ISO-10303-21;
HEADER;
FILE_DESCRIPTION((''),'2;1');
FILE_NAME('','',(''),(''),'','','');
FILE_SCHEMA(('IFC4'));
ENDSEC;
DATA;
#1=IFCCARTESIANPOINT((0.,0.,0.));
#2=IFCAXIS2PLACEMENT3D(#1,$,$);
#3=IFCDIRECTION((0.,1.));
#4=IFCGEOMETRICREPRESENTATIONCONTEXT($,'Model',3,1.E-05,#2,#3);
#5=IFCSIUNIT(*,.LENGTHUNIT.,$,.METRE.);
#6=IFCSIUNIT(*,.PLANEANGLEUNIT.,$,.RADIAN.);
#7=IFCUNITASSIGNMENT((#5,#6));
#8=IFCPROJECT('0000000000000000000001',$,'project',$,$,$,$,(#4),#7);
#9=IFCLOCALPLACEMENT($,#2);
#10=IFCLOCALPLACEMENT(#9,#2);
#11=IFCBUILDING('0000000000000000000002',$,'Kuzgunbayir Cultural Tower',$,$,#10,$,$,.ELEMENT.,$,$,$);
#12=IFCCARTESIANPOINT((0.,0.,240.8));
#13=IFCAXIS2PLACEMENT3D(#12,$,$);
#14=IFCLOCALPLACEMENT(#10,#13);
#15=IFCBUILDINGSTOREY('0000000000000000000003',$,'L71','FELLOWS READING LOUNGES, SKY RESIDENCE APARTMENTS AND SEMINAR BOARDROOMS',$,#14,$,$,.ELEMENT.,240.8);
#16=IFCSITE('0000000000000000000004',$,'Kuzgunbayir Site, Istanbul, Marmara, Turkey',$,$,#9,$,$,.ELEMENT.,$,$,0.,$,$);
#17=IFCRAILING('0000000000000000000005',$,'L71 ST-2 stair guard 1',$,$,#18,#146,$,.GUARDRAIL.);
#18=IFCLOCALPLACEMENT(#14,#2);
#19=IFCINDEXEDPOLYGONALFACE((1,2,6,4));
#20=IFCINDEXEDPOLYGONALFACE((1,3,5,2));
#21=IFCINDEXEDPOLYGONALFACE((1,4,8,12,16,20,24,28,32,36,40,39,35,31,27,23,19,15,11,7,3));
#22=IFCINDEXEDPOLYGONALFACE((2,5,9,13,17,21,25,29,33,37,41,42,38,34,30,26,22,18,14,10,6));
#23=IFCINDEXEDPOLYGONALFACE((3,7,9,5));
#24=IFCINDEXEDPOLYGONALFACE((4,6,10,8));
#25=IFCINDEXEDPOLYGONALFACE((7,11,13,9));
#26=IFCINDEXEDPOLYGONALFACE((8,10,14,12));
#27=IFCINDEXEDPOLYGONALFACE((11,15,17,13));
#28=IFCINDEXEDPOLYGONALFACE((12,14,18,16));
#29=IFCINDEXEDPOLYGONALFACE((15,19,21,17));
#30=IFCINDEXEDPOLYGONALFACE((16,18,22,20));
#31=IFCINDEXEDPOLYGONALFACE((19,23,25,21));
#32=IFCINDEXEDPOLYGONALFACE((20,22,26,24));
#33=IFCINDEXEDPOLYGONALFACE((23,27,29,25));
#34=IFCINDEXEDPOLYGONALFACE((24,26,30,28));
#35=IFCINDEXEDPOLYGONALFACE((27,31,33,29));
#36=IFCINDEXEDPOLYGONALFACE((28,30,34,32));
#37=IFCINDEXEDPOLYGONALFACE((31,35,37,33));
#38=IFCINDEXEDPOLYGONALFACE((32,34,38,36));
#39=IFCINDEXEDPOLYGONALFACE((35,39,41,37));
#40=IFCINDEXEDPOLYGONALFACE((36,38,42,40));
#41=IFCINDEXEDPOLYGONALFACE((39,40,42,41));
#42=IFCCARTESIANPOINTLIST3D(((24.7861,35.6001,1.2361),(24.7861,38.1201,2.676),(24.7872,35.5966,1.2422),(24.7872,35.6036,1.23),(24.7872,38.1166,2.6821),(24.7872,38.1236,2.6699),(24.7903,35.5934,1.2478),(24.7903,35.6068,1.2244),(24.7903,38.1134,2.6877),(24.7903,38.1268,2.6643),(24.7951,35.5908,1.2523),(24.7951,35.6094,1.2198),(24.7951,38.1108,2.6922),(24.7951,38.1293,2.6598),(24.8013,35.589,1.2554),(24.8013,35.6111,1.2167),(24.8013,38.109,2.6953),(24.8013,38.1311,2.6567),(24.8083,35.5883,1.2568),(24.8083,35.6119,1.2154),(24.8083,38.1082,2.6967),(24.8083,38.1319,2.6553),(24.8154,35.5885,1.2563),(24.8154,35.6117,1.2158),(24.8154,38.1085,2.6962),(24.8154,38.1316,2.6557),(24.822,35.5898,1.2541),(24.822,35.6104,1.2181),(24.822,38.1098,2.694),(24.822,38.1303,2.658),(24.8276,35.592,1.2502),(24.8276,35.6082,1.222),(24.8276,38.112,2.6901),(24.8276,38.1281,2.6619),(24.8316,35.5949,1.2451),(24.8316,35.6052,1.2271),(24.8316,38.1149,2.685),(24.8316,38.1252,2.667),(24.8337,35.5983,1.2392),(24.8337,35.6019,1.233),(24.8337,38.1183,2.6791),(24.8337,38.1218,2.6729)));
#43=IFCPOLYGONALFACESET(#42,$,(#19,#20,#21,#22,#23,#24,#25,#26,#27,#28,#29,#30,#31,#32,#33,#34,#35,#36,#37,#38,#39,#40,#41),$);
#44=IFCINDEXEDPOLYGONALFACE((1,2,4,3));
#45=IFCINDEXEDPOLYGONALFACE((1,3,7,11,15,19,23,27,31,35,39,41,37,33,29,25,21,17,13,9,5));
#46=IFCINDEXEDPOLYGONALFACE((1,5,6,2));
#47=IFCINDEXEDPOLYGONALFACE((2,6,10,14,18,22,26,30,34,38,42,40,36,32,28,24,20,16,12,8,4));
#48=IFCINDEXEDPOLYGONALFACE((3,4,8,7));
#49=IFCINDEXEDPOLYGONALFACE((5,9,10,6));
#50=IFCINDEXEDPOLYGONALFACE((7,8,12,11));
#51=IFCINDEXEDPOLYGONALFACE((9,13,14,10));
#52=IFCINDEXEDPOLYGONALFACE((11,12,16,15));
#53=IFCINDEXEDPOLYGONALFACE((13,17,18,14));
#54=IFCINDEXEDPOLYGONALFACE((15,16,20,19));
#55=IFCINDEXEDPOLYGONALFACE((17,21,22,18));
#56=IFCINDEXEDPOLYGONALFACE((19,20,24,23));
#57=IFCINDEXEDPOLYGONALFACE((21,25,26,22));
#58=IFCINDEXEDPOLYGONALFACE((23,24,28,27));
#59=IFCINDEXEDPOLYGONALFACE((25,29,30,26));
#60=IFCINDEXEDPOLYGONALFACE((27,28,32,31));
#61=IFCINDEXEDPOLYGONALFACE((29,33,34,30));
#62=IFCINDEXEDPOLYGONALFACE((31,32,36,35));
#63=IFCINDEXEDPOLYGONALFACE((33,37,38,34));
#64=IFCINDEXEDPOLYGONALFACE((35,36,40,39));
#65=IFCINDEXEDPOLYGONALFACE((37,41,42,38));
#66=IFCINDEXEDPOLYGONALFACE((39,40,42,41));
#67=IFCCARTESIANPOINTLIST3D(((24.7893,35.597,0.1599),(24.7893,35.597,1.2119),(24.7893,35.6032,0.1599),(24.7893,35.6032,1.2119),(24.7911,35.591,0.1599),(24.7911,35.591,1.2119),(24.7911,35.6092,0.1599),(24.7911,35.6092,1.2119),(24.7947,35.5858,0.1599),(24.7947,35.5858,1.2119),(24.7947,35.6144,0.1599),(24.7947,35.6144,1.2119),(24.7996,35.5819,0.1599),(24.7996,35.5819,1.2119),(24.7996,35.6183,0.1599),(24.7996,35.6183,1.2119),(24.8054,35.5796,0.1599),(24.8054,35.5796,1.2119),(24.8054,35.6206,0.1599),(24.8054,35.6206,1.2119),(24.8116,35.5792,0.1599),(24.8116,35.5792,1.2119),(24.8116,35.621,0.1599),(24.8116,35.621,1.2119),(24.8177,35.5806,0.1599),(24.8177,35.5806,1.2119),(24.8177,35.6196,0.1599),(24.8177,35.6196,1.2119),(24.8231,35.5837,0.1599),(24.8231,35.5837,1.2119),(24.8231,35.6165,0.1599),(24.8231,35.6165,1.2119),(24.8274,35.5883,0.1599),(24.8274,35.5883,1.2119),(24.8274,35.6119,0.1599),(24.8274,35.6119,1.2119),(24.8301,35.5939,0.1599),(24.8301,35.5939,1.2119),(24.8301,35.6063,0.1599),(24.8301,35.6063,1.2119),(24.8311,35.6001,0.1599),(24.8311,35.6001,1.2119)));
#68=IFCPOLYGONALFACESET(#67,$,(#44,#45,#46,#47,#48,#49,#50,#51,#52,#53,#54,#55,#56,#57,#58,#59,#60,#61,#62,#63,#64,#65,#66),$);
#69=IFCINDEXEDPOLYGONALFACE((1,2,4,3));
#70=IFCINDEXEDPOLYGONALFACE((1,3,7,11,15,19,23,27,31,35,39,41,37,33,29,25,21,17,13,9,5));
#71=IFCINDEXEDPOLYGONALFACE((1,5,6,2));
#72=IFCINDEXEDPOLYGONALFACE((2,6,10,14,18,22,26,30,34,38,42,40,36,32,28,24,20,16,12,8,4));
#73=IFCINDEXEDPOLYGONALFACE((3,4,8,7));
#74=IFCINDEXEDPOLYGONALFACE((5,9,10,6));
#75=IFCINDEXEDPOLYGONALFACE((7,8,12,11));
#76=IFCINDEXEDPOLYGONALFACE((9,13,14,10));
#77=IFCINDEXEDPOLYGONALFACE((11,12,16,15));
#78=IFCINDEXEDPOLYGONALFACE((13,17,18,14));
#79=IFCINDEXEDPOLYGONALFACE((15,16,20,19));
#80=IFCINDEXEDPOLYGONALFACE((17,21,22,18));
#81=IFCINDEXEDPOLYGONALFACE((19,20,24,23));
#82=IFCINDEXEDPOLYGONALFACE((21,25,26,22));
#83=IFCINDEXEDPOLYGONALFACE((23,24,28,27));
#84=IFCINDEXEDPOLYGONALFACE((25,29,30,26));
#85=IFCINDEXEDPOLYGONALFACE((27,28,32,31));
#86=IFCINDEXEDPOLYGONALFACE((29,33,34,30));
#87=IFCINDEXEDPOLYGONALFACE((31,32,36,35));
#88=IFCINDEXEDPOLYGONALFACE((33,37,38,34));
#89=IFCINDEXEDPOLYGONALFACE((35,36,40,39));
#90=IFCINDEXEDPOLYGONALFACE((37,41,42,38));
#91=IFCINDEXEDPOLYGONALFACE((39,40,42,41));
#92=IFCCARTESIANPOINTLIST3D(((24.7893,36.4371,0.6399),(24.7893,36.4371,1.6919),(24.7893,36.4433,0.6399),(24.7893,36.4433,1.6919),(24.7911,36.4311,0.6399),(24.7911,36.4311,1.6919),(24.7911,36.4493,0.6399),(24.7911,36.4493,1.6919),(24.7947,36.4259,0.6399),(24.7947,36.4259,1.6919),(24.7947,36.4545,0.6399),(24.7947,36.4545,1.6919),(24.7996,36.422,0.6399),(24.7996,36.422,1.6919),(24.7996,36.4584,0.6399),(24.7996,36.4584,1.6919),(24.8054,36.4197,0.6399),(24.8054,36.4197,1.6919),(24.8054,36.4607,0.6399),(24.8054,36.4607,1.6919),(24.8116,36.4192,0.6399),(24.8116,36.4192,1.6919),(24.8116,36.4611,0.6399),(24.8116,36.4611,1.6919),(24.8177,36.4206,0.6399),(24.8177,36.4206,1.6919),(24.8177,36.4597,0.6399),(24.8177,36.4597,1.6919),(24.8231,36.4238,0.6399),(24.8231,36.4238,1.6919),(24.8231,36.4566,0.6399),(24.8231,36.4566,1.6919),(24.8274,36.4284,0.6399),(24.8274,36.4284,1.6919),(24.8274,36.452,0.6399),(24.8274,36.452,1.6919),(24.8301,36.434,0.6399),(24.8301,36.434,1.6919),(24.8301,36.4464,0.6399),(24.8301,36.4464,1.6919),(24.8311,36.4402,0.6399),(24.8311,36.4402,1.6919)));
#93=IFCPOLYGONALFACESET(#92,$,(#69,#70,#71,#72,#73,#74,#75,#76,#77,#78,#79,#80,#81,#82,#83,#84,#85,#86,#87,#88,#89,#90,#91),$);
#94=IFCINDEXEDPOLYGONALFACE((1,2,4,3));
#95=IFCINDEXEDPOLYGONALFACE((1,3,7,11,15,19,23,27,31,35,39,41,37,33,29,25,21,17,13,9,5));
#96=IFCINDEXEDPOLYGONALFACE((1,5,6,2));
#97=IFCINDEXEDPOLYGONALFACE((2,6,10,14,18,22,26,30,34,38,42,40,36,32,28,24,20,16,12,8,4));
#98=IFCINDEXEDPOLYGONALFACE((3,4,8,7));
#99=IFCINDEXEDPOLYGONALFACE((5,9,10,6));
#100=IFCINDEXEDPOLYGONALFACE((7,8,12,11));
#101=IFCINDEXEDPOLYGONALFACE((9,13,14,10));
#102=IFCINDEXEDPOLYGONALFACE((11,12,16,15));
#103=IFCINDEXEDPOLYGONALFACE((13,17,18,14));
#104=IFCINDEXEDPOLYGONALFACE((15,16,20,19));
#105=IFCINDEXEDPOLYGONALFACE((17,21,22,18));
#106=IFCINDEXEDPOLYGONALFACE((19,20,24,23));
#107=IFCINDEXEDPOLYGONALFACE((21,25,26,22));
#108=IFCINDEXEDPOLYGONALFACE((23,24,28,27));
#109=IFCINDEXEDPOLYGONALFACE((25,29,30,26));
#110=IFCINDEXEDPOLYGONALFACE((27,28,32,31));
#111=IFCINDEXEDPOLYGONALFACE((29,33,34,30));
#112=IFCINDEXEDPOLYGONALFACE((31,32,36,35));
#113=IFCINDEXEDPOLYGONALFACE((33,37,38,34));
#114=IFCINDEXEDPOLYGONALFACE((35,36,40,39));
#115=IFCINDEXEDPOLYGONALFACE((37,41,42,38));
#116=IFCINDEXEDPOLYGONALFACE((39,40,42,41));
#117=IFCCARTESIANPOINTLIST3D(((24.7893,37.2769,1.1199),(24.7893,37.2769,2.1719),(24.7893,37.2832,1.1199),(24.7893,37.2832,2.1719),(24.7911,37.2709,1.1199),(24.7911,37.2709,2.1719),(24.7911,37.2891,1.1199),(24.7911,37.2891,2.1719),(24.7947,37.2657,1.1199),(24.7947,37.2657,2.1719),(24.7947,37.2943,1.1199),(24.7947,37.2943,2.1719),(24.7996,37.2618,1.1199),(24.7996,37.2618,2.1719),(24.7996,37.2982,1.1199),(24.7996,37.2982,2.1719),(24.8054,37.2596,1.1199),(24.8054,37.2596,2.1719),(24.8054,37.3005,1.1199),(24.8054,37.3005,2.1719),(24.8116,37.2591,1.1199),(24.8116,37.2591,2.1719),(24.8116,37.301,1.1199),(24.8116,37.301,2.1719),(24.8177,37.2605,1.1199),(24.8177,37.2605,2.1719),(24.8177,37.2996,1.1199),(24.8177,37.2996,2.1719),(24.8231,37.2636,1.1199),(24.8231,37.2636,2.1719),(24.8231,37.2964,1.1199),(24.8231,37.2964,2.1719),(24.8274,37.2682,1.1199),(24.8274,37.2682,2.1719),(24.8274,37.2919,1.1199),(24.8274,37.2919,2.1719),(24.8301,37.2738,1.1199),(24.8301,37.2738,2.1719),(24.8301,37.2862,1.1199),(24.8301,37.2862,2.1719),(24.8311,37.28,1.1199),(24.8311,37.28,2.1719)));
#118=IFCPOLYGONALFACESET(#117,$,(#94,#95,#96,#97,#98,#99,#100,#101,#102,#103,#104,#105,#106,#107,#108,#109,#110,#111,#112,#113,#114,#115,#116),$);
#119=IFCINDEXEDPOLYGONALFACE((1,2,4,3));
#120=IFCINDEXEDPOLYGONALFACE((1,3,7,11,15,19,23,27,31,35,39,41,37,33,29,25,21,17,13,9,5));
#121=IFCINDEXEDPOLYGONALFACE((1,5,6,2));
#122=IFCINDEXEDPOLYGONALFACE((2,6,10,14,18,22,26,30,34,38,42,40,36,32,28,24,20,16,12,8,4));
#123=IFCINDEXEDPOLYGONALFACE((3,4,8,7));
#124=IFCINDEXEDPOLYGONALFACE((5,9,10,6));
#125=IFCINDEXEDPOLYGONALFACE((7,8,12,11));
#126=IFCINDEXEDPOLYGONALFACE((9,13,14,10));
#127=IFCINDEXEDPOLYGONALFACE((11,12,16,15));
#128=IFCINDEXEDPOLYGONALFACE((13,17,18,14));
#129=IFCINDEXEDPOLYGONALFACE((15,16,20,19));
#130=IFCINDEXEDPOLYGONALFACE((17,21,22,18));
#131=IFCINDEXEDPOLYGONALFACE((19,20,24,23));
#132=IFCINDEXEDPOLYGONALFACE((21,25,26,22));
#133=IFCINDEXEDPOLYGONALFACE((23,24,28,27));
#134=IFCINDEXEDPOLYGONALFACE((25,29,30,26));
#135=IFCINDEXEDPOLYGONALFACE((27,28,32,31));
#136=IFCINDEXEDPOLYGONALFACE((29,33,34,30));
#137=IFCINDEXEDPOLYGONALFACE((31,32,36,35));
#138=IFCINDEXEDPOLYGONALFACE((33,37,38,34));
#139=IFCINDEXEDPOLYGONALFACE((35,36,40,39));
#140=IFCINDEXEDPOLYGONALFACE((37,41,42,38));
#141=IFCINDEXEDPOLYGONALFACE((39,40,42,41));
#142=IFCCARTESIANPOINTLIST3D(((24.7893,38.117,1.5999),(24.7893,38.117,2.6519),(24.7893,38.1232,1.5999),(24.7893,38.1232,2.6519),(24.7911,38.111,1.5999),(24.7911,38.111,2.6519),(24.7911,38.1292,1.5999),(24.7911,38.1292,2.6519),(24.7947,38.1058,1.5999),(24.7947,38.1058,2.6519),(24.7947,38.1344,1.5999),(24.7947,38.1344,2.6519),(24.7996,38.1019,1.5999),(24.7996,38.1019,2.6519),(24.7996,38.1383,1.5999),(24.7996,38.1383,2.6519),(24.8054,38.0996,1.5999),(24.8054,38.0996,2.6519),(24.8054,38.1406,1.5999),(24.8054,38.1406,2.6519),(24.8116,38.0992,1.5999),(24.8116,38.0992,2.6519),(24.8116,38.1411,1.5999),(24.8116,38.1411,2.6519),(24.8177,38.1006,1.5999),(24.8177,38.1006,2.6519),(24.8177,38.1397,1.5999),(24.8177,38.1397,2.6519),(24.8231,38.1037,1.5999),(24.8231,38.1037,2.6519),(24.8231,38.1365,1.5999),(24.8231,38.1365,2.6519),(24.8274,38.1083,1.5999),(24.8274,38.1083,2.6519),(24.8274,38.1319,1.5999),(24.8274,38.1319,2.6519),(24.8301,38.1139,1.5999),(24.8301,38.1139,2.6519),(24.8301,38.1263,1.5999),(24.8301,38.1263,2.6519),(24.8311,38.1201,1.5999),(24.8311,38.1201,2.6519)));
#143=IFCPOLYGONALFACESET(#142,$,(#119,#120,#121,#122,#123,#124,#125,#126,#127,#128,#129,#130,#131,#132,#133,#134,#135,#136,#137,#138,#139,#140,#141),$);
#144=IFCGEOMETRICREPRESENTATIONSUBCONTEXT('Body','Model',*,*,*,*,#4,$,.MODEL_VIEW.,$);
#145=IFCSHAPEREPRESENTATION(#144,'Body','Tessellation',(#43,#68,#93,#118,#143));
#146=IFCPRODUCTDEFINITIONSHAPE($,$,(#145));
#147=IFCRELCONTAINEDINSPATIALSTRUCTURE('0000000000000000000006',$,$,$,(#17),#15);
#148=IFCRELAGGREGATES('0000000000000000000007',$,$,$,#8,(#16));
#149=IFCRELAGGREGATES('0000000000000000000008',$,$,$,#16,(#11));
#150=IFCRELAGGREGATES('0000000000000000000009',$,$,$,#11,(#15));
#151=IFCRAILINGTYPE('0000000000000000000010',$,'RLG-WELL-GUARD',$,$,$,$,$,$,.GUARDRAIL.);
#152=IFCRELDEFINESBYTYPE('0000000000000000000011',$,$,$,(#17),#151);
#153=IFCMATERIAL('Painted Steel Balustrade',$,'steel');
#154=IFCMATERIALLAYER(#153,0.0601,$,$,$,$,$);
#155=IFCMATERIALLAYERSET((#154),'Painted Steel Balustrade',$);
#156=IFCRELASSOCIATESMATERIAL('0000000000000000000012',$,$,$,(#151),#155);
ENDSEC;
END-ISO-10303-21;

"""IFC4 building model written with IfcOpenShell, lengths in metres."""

from ifc_helpers import new_model, si_unit, direction, frame, origin, origin_2d, place, context, subcontext, project, spatial, circle, extrude, material, layer, layer_set, type_object, element, save


model = new_model("IFC4")

# Units and contexts
model_context = context("Model", 3, precision=1e-05, world=origin(), true_north=direction((0.0, 1.0)))
body_context = subcontext(model_context, "Body", "Model", "MODEL_VIEW")
ifc_project = project(units=[si_unit("LENGTHUNIT", "METRE"), si_unit("PLANEANGLEUNIT", "RADIAN")], contexts=[model_context])

# Site, building, storey
site_placement = place(None, origin())
site = spatial("IfcSite", under=ifc_project, at=site_placement, Name="Kuzgunbayir Site, Istanbul, Marmara, Turkey", CompositionType="ELEMENT", RefElevation=0.0)
building_placement = place(site_placement, origin())
building = spatial("IfcBuilding", under=site, at=building_placement, Name="Kuzgunbayir Cultural Tower", CompositionType="ELEMENT")
storey_placement = place(building_placement, frame((0.0, 0.0, 240.8)))
storey = spatial("IfcBuildingStorey", under=building, at=storey_placement, Name="L71", Description="FELLOWS READING LOUNGES, SKY RESIDENCE APARTMENTS AND SEMINAR BOARDROOMS", CompositionType="ELEMENT", Elevation=240.8)

# Railing
ifc_material_1 = material(Name="Painted Steel Balustrade", Category="steel")
ifc_layer_1 = layer(ifc_material_1, 0.0601)
ifc_layer_set_1 = layer_set([ifc_layer_1], Name="Painted Steel Balustrade")
railing_type_1 = type_object("IfcRailingType", Name="RLG-WELL-GUARD", PredefinedType="GUARDRAIL", material=ifc_layer_set_1)
railing_1_placement = place(storey_placement, frame((24.8101, 35.6001, 0.1599)))
element("IfcRailing", 1, at=railing_1_placement, inside=storey, type_object=railing_type_1, Name="L71 ST-2 stair guard 1", PredefinedType="GUARDRAIL", context=body_context, shape_type="SweptSolid", body=[
    extrude(circle(Radius=0.0239, at=origin_2d()), frame((0.0, 0.0, 1.0762), z_axis=(0.0, 0.868253, 0.496121), x_axis=(-1.0, 0.0, 0.0)), (0.0, 0.0, 1.0), 2.9023),
    extrude(circle(Radius=0.021, at=origin_2d()), origin(), (0.0, 0.0, 1.0), 1.052),
    extrude(circle(Radius=0.021, at=origin_2d()), frame((0.0, 0.8401, 0.48)), (0.0, 0.0, 1.0), 1.052),
    extrude(circle(Radius=0.021, at=origin_2d()), frame((0.0, 1.6799, 0.96)), (0.0, 0.0, 1.0), 1.052),
    extrude(circle(Radius=0.021, at=origin_2d()), frame((0.0, 2.52, 1.4399)), (0.0, 0.0, 1.0), 1.052),
])

save(model, "model.ifc")
